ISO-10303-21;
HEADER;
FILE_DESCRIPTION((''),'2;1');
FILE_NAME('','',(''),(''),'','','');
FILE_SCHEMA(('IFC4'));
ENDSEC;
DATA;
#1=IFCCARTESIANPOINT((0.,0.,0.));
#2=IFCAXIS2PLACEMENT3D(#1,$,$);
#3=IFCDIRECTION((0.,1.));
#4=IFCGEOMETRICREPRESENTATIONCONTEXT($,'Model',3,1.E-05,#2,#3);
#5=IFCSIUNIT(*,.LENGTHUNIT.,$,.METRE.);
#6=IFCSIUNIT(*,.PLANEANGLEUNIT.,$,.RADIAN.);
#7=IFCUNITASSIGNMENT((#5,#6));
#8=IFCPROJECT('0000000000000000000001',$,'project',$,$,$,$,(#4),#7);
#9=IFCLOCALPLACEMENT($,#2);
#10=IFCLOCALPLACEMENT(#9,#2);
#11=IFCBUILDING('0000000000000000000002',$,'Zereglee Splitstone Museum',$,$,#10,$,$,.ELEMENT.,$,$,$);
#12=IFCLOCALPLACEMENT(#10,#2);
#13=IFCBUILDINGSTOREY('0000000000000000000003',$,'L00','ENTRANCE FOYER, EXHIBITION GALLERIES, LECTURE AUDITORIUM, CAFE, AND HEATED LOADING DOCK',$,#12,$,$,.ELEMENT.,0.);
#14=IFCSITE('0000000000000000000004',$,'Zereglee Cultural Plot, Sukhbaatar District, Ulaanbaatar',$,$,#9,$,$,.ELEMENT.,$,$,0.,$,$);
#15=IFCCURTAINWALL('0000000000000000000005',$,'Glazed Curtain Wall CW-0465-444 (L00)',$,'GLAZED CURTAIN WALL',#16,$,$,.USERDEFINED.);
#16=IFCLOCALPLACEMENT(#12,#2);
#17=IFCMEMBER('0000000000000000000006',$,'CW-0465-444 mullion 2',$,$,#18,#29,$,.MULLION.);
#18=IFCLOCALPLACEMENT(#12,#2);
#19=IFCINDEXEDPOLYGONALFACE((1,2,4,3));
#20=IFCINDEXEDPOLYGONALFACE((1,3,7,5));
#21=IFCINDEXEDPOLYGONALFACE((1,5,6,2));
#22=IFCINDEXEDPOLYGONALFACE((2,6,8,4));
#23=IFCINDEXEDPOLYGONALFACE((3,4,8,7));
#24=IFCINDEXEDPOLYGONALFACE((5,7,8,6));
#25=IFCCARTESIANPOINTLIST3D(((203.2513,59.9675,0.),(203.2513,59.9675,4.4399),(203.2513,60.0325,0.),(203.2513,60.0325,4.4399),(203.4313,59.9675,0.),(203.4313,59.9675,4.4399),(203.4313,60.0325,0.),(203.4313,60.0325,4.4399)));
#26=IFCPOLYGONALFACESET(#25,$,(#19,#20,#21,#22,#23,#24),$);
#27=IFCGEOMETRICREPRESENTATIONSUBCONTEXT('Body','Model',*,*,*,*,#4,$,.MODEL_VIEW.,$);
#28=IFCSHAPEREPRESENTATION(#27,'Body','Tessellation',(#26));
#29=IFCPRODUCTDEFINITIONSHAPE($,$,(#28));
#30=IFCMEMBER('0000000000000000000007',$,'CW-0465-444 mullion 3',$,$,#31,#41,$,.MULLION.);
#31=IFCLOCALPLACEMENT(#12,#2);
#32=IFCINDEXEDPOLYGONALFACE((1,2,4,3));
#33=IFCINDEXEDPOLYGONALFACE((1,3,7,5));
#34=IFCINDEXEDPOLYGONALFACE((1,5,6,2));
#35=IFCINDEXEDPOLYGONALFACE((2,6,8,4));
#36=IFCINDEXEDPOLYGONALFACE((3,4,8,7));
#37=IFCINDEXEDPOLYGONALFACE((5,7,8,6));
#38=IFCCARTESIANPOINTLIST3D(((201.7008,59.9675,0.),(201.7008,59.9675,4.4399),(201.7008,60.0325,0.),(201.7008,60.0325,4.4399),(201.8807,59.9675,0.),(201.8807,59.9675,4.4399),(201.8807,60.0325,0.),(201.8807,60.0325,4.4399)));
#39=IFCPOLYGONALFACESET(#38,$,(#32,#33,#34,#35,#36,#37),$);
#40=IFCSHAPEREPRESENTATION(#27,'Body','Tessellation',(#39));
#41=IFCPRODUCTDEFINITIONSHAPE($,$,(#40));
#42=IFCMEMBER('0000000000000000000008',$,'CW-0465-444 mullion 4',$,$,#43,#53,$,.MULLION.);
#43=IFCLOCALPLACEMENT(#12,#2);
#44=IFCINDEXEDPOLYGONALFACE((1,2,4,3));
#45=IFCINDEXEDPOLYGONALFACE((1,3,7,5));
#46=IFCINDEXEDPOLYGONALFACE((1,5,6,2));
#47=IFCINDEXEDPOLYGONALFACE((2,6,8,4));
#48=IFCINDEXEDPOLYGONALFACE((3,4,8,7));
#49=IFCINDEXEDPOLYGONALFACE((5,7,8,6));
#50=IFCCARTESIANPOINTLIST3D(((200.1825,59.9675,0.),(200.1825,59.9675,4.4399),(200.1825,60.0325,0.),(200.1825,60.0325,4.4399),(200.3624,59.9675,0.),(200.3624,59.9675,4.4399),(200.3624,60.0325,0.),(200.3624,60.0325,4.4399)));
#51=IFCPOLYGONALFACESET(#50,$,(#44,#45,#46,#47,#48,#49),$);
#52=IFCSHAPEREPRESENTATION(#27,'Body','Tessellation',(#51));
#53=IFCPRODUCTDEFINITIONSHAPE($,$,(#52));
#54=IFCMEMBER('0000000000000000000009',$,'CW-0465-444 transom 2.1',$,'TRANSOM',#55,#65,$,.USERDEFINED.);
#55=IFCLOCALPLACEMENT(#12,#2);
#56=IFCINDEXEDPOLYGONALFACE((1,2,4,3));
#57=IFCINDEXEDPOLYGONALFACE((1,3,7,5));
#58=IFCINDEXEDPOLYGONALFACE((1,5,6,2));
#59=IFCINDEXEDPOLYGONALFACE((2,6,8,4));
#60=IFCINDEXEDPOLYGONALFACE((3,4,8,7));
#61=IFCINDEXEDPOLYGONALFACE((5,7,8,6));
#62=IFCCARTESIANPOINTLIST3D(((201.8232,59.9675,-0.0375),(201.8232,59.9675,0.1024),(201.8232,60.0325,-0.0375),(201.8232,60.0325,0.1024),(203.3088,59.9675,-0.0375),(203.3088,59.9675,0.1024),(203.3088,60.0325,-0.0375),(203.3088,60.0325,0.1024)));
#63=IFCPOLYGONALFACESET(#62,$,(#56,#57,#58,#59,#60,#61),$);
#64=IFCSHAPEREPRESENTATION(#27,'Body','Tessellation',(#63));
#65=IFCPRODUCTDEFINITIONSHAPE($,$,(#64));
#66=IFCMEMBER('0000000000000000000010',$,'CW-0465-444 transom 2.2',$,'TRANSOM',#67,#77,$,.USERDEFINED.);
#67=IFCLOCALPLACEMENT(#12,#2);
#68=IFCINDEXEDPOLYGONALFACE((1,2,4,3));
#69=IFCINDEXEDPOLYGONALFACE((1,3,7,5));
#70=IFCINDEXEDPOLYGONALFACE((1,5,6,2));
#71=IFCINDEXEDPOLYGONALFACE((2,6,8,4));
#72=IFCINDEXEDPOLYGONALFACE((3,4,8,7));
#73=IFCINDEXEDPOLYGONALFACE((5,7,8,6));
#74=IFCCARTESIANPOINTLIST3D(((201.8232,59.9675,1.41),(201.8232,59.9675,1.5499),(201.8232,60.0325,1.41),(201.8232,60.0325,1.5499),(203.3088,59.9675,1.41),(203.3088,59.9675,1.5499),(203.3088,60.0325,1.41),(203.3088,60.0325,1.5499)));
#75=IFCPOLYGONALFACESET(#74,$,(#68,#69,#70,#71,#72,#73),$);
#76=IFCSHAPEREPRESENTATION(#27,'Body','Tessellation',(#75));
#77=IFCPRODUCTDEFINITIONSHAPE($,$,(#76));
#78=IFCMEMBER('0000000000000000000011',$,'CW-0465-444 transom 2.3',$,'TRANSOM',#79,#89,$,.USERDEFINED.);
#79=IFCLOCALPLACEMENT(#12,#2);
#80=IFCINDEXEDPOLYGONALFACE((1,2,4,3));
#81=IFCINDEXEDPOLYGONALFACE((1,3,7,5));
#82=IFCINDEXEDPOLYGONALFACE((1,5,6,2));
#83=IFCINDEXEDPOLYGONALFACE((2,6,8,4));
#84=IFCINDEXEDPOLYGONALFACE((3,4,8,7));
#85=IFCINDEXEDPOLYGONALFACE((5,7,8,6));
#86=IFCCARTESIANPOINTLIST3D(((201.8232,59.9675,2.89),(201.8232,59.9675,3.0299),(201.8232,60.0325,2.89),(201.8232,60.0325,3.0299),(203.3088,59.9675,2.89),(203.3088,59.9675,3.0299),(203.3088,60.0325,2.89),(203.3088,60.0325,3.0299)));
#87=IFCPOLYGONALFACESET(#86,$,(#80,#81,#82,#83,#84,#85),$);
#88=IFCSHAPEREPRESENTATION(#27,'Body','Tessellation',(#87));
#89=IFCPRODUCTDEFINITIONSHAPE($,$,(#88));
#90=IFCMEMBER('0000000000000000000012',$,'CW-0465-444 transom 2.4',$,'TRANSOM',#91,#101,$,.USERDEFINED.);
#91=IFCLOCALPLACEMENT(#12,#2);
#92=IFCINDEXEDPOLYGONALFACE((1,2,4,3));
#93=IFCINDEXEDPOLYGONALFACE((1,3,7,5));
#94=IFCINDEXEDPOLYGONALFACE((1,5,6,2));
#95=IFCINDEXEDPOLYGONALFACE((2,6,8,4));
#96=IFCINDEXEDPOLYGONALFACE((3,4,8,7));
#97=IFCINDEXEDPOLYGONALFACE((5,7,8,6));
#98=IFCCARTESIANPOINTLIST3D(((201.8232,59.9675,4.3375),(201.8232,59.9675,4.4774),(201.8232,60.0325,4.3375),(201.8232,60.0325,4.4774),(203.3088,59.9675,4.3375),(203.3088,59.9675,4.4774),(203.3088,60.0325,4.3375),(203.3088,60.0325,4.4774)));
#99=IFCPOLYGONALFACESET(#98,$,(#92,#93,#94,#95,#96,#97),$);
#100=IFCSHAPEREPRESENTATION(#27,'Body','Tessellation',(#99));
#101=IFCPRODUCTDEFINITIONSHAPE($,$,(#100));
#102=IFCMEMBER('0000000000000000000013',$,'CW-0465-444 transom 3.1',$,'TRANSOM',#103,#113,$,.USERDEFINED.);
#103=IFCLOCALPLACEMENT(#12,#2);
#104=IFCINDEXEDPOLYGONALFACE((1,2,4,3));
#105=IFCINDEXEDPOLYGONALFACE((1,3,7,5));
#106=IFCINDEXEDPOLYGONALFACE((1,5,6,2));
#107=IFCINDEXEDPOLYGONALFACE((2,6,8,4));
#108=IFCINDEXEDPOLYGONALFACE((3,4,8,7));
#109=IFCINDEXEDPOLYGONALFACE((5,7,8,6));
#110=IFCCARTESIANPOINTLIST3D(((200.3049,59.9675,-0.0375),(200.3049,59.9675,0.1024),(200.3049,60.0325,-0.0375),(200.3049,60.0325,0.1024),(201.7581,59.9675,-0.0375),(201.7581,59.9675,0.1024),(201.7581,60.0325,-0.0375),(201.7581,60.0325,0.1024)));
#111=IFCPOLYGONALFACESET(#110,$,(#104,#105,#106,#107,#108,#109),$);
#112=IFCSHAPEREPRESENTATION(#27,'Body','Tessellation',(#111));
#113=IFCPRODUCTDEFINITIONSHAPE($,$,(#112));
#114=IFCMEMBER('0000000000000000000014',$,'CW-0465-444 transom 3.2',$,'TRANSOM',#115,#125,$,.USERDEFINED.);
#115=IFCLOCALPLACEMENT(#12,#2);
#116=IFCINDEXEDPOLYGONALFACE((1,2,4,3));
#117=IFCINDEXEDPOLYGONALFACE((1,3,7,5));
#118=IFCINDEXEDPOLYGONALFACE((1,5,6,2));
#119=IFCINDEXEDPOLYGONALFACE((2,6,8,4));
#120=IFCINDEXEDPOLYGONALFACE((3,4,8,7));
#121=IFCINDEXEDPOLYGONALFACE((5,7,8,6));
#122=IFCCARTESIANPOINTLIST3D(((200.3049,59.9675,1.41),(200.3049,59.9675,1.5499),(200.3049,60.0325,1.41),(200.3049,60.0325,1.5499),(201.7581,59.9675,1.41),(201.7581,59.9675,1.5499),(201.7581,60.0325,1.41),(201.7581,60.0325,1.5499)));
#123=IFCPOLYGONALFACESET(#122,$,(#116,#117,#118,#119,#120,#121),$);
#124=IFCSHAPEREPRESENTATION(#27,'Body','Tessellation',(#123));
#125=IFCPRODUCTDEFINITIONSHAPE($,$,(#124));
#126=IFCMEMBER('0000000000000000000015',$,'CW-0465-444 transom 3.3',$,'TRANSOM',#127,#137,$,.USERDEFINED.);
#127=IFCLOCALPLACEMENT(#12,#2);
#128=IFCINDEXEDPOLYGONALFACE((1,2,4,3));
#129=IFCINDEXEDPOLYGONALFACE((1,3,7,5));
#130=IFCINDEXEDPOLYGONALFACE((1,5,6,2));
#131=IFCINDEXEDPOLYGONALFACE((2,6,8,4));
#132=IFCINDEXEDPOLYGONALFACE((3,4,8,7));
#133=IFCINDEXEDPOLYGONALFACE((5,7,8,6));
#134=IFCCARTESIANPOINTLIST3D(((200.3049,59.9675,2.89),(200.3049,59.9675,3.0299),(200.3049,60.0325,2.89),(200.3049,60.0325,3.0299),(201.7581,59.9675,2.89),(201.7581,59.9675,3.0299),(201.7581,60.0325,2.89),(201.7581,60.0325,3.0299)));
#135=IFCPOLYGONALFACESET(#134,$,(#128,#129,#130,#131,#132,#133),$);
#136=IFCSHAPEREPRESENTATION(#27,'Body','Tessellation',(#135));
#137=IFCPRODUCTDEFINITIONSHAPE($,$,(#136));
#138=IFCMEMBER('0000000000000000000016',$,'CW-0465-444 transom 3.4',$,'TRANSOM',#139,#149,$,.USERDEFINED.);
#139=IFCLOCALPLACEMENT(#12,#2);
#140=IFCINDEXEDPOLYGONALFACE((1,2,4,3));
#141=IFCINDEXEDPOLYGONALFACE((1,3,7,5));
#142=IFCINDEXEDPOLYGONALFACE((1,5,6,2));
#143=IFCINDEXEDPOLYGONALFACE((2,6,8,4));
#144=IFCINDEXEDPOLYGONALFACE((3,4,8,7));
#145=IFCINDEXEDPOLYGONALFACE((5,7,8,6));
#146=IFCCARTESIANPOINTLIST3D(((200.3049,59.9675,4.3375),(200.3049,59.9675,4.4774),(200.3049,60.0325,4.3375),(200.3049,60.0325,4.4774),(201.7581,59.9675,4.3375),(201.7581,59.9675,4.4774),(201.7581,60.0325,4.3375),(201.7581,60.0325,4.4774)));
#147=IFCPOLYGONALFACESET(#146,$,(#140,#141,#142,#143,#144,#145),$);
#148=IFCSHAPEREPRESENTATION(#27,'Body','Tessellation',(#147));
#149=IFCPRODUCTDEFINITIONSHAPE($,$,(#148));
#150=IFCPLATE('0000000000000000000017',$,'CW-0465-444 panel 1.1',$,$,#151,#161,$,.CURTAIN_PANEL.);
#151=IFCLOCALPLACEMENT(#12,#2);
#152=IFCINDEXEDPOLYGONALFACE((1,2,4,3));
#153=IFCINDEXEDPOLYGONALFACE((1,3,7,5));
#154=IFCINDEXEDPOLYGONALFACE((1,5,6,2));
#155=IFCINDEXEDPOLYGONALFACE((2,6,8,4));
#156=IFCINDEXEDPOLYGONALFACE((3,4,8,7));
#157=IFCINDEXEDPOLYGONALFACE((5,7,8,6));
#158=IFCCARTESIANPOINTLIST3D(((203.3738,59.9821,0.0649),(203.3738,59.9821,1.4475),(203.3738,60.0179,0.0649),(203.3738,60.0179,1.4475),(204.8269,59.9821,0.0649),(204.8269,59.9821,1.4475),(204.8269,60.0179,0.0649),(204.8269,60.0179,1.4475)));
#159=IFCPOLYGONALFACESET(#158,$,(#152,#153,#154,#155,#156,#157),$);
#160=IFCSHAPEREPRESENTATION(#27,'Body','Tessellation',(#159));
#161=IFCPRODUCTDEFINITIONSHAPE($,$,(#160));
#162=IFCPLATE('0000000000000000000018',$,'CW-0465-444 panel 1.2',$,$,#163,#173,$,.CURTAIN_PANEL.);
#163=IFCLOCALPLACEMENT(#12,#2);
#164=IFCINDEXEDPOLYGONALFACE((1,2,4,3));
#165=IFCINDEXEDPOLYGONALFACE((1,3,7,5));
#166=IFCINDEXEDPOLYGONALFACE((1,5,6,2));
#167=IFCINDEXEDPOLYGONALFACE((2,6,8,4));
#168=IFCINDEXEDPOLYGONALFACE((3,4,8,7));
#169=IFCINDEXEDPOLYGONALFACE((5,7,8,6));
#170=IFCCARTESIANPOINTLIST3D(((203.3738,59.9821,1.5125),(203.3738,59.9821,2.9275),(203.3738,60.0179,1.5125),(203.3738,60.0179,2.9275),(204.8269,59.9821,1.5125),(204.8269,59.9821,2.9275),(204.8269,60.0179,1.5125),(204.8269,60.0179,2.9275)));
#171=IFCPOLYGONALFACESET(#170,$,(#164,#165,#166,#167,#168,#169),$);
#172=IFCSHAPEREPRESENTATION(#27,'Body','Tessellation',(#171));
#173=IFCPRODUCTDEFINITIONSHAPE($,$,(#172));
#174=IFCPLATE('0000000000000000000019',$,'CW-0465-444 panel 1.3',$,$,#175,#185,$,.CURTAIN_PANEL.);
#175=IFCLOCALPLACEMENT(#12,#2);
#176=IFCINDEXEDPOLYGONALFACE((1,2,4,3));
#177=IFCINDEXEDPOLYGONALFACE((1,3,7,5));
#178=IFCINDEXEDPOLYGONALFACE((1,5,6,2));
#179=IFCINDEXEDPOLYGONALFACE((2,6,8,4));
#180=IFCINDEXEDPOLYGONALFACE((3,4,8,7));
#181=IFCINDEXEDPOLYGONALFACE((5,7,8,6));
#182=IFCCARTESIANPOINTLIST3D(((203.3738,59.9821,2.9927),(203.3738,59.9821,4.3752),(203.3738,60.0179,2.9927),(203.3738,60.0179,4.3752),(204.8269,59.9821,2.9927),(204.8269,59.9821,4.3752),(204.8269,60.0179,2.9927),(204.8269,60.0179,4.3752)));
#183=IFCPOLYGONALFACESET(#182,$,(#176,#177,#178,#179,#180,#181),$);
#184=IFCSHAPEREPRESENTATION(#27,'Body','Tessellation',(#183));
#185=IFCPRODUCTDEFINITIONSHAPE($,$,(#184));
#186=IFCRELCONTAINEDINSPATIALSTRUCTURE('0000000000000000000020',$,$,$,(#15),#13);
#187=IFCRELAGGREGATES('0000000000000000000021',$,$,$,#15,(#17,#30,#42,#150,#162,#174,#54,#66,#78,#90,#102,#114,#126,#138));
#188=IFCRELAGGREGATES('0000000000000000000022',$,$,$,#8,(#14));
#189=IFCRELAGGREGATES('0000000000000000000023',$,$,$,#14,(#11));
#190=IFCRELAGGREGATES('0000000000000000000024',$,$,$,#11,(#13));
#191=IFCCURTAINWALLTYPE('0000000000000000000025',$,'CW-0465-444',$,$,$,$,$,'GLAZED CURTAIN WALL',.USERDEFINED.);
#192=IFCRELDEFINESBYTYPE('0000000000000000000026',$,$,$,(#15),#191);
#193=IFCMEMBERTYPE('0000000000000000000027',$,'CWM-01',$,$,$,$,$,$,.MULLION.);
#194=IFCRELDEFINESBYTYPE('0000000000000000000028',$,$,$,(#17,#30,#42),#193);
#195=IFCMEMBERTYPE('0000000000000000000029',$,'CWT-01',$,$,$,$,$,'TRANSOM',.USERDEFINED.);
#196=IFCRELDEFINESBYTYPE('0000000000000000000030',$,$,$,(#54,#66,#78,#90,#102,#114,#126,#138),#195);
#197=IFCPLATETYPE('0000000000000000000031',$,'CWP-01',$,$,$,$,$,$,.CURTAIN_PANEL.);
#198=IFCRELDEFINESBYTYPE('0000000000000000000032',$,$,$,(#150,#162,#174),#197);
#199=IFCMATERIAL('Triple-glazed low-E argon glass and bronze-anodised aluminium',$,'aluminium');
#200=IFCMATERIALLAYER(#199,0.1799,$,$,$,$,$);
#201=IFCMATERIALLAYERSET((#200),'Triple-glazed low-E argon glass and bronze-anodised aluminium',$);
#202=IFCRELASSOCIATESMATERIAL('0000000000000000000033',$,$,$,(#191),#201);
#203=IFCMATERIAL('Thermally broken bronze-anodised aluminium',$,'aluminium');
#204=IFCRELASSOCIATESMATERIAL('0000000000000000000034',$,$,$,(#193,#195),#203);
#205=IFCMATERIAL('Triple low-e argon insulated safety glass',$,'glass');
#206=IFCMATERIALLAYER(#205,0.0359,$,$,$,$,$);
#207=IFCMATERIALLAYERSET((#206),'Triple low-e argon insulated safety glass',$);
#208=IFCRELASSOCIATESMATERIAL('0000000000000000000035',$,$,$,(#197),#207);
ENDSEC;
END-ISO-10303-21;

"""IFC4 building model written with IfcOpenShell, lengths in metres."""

from ifc_helpers import new_model, si_unit, direction, frame, origin, origin_2d, place, context, subcontext, project, spatial, rectangle, extrude, material, layer, layer_set, material_profile, profile_set, type_object, element, aggregate, save


model = new_model("IFC4")

# Units and contexts
model_context = context("Model", 3, precision=1e-05, world=origin(), true_north=direction((0.0, 1.0)))
body_context = subcontext(model_context, "Body", "Model", "MODEL_VIEW")
ifc_project = project(units=[si_unit("LENGTHUNIT", "METRE"), si_unit("PLANEANGLEUNIT", "RADIAN")], contexts=[model_context])

# Site, building, storey
site_placement = place(None, origin())
site = spatial("IfcSite", under=ifc_project, at=site_placement, Name="Zereglee Cultural Plot, Sukhbaatar District, Ulaanbaatar", CompositionType="ELEMENT", RefElevation=0.0)
building_placement = place(site_placement, origin())
building = spatial("IfcBuilding", under=site, at=building_placement, Name="Zereglee Splitstone Museum", CompositionType="ELEMENT")
storey_placement = place(building_placement, origin())
storey = spatial("IfcBuildingStorey", under=building, at=storey_placement, Name="L00", Description="ENTRANCE FOYER, EXHIBITION GALLERIES, LECTURE AUDITORIUM, CAFE, AND HEATED LOADING DOCK", CompositionType="ELEMENT", Elevation=0.0)

# Curtain wall, members, plates
ifc_material_1 = material(Name="Triple-glazed low-E argon glass and bronze-anodised aluminium", Category="aluminium")
ifc_layer_1 = layer(ifc_material_1, 0.1799)
ifc_layer_set_1 = layer_set([ifc_layer_1], Name="Triple-glazed low-E argon glass and bronze-anodised aluminium")
curtain_wall_type = type_object("IfcCurtainWallType", Name="CW-0465-444", ElementType="GLAZED CURTAIN WALL", PredefinedType="USERDEFINED", material=ifc_layer_set_1)
curtain_wall_placement = place(storey_placement, origin())
curtain_wall = element("IfcCurtainWall", 1, at=curtain_wall_placement, inside=storey, type_object=curtain_wall_type, Name="Glazed Curtain Wall CW-0465-444 (L00)", ObjectType="GLAZED CURTAIN WALL", PredefinedType="USERDEFINED")
ifc_material_2 = material(Name="Thermally broken bronze-anodised aluminium", Category="aluminium")
ifc_material_profile_1 = material_profile(ifc_material_2, rectangle(XDim=0.0649, YDim=0.1799, at=origin_2d()), Name="CW MULL 65x180")
ifc_profile_set_1 = profile_set([ifc_material_profile_1], Name="Thermally broken bronze-anodised aluminium")
member_type_1 = type_object("IfcMemberType", Name="CWM-01", PredefinedType="MULLION", material=ifc_profile_set_1)
member_1_placement = place(storey_placement, frame((203.3413, 60.0, 0.0), z_axis=(0.0, 0.0, 1.0), x_axis=(0.0, -1.0, 0.0)))
member_1 = element("IfcMember", 2, at=member_1_placement, type_object=member_type_1, Name="CW-0465-444 mullion 2", PredefinedType="MULLION", context=body_context, shape_type="SweptSolid", body=[
    extrude(rectangle(XDim=0.0649, YDim=0.1799, at=origin_2d()), origin(), (0.0, 0.0, 1.0), 4.4399),
])
member_2_placement = place(storey_placement, frame((201.7908, 60.0, 0.0), z_axis=(0.0, 0.0, 1.0), x_axis=(0.0, -1.0, 0.0)))
member_2 = element("IfcMember", 3, at=member_2_placement, type_object=member_type_1, Name="CW-0465-444 mullion 3", PredefinedType="MULLION", context=body_context, shape_type="SweptSolid", body=[
    extrude(rectangle(XDim=0.0649, YDim=0.1799, at=origin_2d()), origin(), (0.0, 0.0, 1.0), 4.4399),
])
member_3_placement = place(storey_placement, frame((200.2725, 60.0, 0.0), z_axis=(0.0, 0.0, 1.0), x_axis=(0.0, -1.0, 0.0)))
member_3 = element("IfcMember", 4, at=member_3_placement, type_object=member_type_1, Name="CW-0465-444 mullion 4", PredefinedType="MULLION", context=body_context, shape_type="SweptSolid", body=[
    extrude(rectangle(XDim=0.0649, YDim=0.1799, at=origin_2d()), origin(), (0.0, 0.0, 1.0), 4.4399),
])
ifc_material_profile_2 = material_profile(ifc_material_2, rectangle(XDim=0.0649, YDim=0.1399, at=origin_2d()), Name="CW TRAN 65x140")
ifc_profile_set_2 = profile_set([ifc_material_profile_2], Name="Thermally broken bronze-anodised aluminium")
member_type_2 = type_object("IfcMemberType", Name="CWT-01", ElementType="TRANSOM", PredefinedType="USERDEFINED", material=ifc_profile_set_2)
member_4_placement = place(storey_placement, frame((203.3088, 60.0, 0.0325), z_axis=(-1.0, 0.0, 0.0), x_axis=(0.0, -1.0, 0.0)))
member_4 = element("IfcMember", 5, at=member_4_placement, type_object=member_type_2, Name="CW-0465-444 transom 2.1", ObjectType="TRANSOM", PredefinedType="USERDEFINED", context=body_context, shape_type="SweptSolid", body=[
    extrude(rectangle(XDim=0.0649, YDim=0.1399, at=origin_2d()), origin(), (0.0, 0.0, 1.0), 1.4856),
])
member_5_placement = place(storey_placement, frame((203.3088, 60.0, 1.48), z_axis=(-1.0, 0.0, 0.0), x_axis=(0.0, -1.0, 0.0)))
member_5 = element("IfcMember", 6, at=member_5_placement, type_object=member_type_2, Name="CW-0465-444 transom 2.2", ObjectType="TRANSOM", PredefinedType="USERDEFINED", context=body_context, shape_type="SweptSolid", body=[
    extrude(rectangle(XDim=0.0649, YDim=0.1399, at=origin_2d()), origin(), (0.0, 0.0, 1.0), 1.4856),
])
member_6_placement = place(storey_placement, frame((203.3088, 60.0, 2.96), z_axis=(-1.0, 0.0, 0.0), x_axis=(0.0, -1.0, 0.0)))
member_6 = element("IfcMember", 7, at=member_6_placement, type_object=member_type_2, Name="CW-0465-444 transom 2.3", ObjectType="TRANSOM", PredefinedType="USERDEFINED", context=body_context, shape_type="SweptSolid", body=[
    extrude(rectangle(XDim=0.0649, YDim=0.1399, at=origin_2d()), origin(), (0.0, 0.0, 1.0), 1.4856),
])
member_7_placement = place(storey_placement, frame((203.3088, 60.0, 4.4075), z_axis=(-1.0, 0.0, 0.0), x_axis=(0.0, -1.0, 0.0)))
member_7 = element("IfcMember", 8, at=member_7_placement, type_object=member_type_2, Name="CW-0465-444 transom 2.4", ObjectType="TRANSOM", PredefinedType="USERDEFINED", context=body_context, shape_type="SweptSolid", body=[
    extrude(rectangle(XDim=0.0649, YDim=0.1399, at=origin_2d()), origin(), (0.0, 0.0, 1.0), 1.4856),
])
member_8_placement = place(storey_placement, frame((201.7581, 60.0, 0.0325), z_axis=(-1.0, 0.0, 0.0), x_axis=(0.0, -1.0, 0.0)))
member_8 = element("IfcMember", 9, at=member_8_placement, type_object=member_type_2, Name="CW-0465-444 transom 3.1", ObjectType="TRANSOM", PredefinedType="USERDEFINED", context=body_context, shape_type="SweptSolid", body=[
    extrude(rectangle(XDim=0.0649, YDim=0.1399, at=origin_2d()), origin(), (0.0, 0.0, 1.0), 1.4531),
])
member_9_placement = place(storey_placement, frame((201.7581, 60.0, 1.48), z_axis=(-1.0, 0.0, 0.0), x_axis=(0.0, -1.0, 0.0)))
member_9 = element("IfcMember", 10, at=member_9_placement, type_object=member_type_2, Name="CW-0465-444 transom 3.2", ObjectType="TRANSOM", PredefinedType="USERDEFINED", context=body_context, shape_type="SweptSolid", body=[
    extrude(rectangle(XDim=0.0649, YDim=0.1399, at=origin_2d()), origin(), (0.0, 0.0, 1.0), 1.4531),
])
member_10_placement = place(storey_placement, frame((201.7581, 60.0, 2.96), z_axis=(-1.0, 0.0, 0.0), x_axis=(0.0, -1.0, 0.0)))
member_10 = element("IfcMember", 11, at=member_10_placement, type_object=member_type_2, Name="CW-0465-444 transom 3.3", ObjectType="TRANSOM", PredefinedType="USERDEFINED", context=body_context, shape_type="SweptSolid", body=[
    extrude(rectangle(XDim=0.0649, YDim=0.1399, at=origin_2d()), origin(), (0.0, 0.0, 1.0), 1.4531),
])
member_11_placement = place(storey_placement, frame((201.7581, 60.0, 4.4075), z_axis=(-1.0, 0.0, 0.0), x_axis=(0.0, -1.0, 0.0)))
member_11 = element("IfcMember", 12, at=member_11_placement, type_object=member_type_2, Name="CW-0465-444 transom 3.4", ObjectType="TRANSOM", PredefinedType="USERDEFINED", context=body_context, shape_type="SweptSolid", body=[
    extrude(rectangle(XDim=0.0649, YDim=0.1399, at=origin_2d()), origin(), (0.0, 0.0, 1.0), 1.4531),
])
ifc_material_3 = material(Name="Triple low-e argon insulated safety glass", Category="glass")
ifc_layer_2 = layer(ifc_material_3, 0.0359)
ifc_layer_set_2 = layer_set([ifc_layer_2], Name="Triple low-e argon insulated safety glass")
plate_type = type_object("IfcPlateType", Name="CWP-01", PredefinedType="CURTAIN_PANEL", material=ifc_layer_set_2)
plate_1_placement = place(storey_placement, frame((204.1003, 60.0, 0.0649), z_axis=(0.0, 0.0, 1.0), x_axis=(-1.0, 0.0, 0.0)))
plate_1 = element("IfcPlate", 13, at=plate_1_placement, type_object=plate_type, Name="CW-0465-444 panel 1.1", PredefinedType="CURTAIN_PANEL", context=body_context, shape_type="SweptSolid", body=[
    extrude(rectangle(XDim=1.4531, YDim=0.0359, at=origin_2d()), origin(), (0.0, 0.0, 1.0), 1.3826),
])
plate_2_placement = place(storey_placement, frame((204.1003, 60.0, 1.5125), z_axis=(0.0, 0.0, 1.0), x_axis=(-1.0, 0.0, 0.0)))
plate_2 = element("IfcPlate", 14, at=plate_2_placement, type_object=plate_type, Name="CW-0465-444 panel 1.2", PredefinedType="CURTAIN_PANEL", context=body_context, shape_type="SweptSolid", body=[
    extrude(rectangle(XDim=1.4531, YDim=0.0359, at=origin_2d()), origin(), (0.0, 0.0, 1.0), 1.415),
])
plate_3_placement = place(storey_placement, frame((204.1003, 60.0, 2.9927), z_axis=(0.0, 0.0, 1.0), x_axis=(-1.0, 0.0, 0.0)))
plate_3 = element("IfcPlate", 15, at=plate_3_placement, type_object=plate_type, Name="CW-0465-444 panel 1.3", PredefinedType="CURTAIN_PANEL", context=body_context, shape_type="SweptSolid", body=[
    extrude(rectangle(XDim=1.4531, YDim=0.0359, at=origin_2d()), origin(), (0.0, 0.0, 1.0), 1.3826),
])
aggregate(curtain_wall, [member_1, member_2, member_3, plate_1, plate_2, plate_3, member_4, member_5, member_6, member_7, member_8, member_9, member_10, member_11])

save(model, "model.ifc")
